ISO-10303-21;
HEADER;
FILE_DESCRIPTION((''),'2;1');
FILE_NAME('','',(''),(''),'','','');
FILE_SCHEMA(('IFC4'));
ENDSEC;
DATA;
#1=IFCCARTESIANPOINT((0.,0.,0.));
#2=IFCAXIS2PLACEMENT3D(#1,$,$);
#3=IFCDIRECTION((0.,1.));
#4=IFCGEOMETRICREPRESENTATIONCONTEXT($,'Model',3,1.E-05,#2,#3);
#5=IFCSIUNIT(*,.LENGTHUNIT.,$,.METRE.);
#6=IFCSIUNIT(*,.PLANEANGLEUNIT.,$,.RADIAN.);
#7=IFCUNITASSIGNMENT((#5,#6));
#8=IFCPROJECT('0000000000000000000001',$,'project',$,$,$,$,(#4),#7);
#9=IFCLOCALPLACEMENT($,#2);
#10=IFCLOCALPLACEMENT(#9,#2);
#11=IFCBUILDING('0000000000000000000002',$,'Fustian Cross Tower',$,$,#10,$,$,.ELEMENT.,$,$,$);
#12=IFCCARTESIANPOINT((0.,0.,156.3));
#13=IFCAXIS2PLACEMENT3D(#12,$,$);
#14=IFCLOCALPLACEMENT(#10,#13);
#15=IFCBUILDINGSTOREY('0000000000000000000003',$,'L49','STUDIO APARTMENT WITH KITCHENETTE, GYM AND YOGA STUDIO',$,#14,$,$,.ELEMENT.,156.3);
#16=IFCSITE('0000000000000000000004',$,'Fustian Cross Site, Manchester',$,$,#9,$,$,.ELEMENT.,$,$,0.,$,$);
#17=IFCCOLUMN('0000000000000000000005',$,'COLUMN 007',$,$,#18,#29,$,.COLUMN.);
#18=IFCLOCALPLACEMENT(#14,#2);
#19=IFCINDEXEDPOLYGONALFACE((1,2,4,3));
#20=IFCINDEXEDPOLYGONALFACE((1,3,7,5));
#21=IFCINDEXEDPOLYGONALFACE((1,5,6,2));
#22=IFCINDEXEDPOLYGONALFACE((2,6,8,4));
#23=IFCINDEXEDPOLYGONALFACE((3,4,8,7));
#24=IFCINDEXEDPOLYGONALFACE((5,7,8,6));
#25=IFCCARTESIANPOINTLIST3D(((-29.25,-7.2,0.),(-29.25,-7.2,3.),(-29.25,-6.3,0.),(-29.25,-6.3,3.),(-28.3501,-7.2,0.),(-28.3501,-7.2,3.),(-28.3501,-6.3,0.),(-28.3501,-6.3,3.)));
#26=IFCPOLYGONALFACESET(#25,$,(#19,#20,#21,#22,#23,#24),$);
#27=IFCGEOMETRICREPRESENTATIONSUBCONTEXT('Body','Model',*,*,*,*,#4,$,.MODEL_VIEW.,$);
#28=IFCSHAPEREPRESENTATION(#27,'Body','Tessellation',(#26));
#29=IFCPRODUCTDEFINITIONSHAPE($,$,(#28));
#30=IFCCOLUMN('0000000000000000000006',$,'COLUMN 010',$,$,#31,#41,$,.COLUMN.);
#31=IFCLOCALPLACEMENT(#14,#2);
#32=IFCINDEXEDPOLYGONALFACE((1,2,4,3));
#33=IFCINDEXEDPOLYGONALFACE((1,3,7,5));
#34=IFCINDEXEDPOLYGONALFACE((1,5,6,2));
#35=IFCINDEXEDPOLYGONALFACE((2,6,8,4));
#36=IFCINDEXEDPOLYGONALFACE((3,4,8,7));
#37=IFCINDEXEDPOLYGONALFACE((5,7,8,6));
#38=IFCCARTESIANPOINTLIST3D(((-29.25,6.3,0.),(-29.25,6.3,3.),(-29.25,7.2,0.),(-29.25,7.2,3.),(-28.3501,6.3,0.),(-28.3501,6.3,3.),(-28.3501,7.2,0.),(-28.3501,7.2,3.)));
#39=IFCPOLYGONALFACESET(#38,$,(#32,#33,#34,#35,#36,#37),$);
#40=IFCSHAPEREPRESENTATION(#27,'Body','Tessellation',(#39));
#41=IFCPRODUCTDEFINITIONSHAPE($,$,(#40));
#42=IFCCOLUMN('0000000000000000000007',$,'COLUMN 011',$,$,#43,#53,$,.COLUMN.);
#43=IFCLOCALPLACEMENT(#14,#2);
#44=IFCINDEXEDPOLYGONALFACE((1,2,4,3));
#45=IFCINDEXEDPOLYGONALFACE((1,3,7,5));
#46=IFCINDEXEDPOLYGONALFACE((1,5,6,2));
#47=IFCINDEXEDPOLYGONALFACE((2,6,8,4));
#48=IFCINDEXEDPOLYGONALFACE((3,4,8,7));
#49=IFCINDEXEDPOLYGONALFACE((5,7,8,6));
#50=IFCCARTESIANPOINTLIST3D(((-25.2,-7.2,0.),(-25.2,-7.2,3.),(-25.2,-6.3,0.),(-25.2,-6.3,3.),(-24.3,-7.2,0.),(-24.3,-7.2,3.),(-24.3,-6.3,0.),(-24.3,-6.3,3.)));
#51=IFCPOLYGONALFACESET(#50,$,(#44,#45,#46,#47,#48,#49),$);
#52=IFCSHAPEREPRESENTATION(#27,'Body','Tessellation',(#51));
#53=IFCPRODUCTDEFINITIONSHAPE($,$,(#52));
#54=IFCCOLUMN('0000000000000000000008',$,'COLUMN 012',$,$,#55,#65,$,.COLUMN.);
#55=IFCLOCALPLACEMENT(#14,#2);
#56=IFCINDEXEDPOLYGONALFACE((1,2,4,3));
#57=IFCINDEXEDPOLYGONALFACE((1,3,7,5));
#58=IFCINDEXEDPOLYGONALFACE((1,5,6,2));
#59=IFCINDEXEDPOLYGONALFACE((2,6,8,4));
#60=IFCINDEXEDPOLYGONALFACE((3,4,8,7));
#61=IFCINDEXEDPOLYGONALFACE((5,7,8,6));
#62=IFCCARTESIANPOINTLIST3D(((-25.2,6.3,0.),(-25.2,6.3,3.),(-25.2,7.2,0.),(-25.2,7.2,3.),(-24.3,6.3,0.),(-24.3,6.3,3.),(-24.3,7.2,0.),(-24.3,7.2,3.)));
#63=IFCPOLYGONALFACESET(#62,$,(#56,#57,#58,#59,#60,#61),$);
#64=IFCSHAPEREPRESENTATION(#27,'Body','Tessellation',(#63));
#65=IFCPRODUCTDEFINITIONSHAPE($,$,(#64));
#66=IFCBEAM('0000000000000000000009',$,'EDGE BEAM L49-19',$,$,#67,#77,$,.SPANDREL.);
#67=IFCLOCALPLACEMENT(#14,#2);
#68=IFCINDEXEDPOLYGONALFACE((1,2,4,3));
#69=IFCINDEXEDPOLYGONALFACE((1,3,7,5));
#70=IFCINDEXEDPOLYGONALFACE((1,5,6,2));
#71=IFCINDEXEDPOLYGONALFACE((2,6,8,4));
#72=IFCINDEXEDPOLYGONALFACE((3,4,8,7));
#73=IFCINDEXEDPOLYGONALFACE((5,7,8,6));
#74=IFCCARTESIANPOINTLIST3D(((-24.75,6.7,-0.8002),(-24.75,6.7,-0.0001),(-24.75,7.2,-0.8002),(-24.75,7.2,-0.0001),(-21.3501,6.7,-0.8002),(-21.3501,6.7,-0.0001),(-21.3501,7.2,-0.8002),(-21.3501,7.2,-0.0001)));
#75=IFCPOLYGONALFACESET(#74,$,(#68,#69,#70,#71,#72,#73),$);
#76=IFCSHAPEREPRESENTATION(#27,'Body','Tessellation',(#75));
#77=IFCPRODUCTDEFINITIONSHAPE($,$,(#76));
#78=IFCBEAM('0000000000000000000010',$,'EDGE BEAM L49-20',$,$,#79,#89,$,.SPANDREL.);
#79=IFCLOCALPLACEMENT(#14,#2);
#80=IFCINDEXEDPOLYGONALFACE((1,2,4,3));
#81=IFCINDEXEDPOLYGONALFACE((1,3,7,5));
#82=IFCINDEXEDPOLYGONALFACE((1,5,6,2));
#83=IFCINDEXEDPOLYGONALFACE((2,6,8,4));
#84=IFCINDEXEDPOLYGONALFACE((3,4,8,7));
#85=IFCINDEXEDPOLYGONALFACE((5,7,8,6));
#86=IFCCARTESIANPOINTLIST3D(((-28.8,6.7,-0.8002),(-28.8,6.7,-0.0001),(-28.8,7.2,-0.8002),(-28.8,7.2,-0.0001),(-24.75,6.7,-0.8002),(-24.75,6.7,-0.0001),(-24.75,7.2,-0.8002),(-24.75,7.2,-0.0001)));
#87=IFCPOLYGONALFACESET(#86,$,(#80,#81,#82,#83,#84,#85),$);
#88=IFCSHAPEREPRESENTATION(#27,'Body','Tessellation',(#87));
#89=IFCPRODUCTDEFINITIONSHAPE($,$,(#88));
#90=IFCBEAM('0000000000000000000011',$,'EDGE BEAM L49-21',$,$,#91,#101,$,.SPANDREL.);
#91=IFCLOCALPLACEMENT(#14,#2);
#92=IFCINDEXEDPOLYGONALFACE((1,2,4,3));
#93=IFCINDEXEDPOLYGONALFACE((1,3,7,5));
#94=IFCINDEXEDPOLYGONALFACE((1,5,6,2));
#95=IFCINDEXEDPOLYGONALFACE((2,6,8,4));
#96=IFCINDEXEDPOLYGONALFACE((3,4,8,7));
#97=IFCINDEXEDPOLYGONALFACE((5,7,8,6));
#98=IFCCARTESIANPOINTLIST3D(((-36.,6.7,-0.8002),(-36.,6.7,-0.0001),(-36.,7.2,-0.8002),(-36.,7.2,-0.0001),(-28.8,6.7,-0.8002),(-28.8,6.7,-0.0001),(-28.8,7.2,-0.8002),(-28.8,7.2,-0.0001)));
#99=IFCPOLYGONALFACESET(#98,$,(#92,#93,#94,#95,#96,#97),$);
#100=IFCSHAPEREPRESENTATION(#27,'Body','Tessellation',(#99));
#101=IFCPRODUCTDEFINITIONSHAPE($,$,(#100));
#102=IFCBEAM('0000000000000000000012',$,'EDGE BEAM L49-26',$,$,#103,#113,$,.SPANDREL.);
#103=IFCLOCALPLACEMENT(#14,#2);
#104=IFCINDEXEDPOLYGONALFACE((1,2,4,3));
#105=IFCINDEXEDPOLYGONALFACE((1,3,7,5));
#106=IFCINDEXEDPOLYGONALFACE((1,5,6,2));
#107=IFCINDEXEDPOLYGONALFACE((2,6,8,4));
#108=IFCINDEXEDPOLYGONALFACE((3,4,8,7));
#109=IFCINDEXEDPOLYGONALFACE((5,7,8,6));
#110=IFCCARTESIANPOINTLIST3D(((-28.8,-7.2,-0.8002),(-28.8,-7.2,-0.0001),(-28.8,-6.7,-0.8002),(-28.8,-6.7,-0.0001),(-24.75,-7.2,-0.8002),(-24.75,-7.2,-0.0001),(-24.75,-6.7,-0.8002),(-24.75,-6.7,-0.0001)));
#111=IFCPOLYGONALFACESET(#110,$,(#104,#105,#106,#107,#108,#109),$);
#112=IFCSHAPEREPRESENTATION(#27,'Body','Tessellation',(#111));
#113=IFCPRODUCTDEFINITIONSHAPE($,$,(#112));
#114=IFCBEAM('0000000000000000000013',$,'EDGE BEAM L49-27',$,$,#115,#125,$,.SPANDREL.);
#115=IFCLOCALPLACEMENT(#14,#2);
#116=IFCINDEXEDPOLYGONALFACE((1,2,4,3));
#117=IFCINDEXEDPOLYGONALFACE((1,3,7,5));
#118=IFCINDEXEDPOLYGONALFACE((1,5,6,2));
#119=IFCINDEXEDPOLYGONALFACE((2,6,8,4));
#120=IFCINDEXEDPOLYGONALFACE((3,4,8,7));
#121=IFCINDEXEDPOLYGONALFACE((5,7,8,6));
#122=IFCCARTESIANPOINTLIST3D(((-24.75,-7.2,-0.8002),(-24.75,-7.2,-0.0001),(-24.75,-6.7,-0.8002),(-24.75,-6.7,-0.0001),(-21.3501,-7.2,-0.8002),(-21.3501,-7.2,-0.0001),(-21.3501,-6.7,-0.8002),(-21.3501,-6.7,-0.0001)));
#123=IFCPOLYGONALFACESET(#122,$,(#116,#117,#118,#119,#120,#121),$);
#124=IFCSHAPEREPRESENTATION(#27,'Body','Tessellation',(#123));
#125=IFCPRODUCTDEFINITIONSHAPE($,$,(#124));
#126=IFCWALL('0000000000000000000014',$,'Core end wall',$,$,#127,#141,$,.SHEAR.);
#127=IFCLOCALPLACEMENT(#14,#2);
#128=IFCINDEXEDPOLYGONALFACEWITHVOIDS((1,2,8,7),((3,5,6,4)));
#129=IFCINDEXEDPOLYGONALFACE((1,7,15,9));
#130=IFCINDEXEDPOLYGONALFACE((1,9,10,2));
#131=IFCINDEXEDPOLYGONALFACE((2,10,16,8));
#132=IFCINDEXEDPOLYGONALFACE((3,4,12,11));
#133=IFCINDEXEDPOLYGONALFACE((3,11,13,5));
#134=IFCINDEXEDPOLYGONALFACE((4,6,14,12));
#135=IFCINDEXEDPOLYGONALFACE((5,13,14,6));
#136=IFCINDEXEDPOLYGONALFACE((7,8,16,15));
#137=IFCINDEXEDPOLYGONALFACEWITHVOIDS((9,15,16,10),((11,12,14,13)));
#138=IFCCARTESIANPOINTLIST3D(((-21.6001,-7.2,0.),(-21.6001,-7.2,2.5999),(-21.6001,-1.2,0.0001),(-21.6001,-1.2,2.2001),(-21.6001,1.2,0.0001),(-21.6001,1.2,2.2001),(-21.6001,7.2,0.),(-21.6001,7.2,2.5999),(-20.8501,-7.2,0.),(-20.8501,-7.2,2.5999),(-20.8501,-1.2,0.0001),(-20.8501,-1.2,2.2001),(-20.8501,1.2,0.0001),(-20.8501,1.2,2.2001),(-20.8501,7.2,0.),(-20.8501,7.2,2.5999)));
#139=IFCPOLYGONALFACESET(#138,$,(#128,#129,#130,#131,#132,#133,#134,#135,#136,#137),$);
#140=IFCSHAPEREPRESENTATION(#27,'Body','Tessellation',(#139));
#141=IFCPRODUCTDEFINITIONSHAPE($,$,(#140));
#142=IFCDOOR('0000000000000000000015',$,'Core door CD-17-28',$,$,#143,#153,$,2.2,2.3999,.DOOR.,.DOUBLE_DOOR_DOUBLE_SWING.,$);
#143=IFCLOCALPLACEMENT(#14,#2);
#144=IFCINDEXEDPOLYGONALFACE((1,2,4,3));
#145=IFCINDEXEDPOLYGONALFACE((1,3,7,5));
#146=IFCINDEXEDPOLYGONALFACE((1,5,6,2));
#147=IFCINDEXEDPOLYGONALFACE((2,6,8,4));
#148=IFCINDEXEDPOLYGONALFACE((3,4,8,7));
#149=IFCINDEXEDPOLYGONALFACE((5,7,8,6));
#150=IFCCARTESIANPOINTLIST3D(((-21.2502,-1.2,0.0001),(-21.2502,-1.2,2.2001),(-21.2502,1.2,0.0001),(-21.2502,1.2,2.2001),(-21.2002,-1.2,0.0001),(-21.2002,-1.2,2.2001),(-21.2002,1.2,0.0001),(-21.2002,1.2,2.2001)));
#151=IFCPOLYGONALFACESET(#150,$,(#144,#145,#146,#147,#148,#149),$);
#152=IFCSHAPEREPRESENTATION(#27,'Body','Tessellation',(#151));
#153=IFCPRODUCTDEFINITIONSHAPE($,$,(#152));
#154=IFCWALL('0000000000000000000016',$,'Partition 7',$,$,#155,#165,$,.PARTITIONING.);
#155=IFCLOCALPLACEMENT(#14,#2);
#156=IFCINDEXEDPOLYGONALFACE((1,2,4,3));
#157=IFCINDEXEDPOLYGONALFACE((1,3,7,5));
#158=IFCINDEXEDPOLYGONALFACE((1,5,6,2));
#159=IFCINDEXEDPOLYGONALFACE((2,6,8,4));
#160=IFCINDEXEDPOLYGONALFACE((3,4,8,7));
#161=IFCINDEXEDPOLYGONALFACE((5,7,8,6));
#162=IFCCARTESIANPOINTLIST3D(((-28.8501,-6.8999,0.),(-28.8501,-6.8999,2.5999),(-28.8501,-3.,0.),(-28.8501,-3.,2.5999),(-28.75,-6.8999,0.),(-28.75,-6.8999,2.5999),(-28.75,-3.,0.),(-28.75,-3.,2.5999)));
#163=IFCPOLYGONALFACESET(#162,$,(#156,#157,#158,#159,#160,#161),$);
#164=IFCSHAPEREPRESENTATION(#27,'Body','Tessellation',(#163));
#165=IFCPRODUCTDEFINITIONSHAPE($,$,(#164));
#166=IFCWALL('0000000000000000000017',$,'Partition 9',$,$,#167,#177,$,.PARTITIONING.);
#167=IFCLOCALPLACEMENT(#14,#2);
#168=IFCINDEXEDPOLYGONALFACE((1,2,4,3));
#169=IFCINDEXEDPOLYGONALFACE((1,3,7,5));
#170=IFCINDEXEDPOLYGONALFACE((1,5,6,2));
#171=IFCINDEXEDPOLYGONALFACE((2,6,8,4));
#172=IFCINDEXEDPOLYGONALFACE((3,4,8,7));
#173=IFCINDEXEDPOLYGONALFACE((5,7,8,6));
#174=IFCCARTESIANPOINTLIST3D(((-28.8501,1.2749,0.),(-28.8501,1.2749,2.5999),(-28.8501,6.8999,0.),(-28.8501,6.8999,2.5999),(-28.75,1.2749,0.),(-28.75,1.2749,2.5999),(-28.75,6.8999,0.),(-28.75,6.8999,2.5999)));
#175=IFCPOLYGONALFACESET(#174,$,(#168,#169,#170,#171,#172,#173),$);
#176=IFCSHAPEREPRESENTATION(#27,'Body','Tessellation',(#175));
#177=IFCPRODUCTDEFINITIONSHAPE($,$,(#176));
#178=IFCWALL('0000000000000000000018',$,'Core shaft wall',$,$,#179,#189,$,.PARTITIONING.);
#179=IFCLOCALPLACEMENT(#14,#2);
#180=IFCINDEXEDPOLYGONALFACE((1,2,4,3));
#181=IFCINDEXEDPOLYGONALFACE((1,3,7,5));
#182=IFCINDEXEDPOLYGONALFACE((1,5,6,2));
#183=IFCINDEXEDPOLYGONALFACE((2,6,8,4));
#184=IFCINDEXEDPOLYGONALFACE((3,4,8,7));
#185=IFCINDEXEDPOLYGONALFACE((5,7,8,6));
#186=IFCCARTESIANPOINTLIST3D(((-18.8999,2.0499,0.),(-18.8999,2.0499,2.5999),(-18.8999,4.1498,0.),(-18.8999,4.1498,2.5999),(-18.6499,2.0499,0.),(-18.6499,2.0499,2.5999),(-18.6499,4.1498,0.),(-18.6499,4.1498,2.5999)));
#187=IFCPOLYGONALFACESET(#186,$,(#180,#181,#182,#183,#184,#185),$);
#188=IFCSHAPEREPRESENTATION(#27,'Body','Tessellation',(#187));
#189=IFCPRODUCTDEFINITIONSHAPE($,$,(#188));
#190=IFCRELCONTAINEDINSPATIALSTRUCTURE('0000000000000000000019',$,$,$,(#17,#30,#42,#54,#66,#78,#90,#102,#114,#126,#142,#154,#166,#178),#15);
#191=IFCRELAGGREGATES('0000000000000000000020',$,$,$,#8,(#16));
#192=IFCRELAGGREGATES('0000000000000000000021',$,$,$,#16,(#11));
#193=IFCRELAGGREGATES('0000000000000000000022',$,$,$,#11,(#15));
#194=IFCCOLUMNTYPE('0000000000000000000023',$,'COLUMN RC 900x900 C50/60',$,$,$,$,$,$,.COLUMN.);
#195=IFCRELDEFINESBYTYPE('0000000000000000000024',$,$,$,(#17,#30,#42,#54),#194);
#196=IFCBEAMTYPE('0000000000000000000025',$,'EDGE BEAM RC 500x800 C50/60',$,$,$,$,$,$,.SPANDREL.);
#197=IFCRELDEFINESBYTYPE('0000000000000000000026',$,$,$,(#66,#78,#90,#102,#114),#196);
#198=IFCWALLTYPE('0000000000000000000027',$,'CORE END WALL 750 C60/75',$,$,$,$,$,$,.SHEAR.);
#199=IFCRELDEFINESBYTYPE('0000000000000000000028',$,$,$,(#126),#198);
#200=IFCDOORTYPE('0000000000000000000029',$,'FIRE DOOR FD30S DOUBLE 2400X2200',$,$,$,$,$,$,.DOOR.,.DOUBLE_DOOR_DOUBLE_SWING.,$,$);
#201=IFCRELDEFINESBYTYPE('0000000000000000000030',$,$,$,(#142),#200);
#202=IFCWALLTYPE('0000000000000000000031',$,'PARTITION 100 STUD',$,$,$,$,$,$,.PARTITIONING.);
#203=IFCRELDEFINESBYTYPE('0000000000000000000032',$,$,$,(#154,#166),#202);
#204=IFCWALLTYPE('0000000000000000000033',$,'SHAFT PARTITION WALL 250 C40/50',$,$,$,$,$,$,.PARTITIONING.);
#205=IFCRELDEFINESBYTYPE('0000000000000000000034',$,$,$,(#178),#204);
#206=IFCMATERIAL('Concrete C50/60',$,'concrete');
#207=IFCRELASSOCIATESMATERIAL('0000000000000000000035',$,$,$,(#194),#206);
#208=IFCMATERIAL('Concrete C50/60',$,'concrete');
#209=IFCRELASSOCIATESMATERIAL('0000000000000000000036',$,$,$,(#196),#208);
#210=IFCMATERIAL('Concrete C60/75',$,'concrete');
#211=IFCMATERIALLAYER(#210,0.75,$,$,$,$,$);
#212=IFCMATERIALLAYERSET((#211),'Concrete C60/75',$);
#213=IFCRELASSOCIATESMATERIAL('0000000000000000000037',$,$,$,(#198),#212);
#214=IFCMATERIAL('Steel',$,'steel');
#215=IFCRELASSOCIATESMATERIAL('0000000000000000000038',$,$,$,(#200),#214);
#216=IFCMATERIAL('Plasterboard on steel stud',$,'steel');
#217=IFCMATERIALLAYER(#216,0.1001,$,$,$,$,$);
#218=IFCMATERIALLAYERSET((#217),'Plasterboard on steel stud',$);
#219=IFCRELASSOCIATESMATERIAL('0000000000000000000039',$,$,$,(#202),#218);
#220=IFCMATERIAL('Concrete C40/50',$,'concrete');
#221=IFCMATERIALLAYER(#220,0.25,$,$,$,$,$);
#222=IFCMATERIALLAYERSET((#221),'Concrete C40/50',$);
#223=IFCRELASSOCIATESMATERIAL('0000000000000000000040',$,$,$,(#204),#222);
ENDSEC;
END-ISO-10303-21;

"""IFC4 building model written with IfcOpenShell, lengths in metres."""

from ifc_helpers import new_model, si_unit, direction, frame, frame_2d, origin, origin_2d, place, context, subcontext, project, spatial, rectangle, extrude, material, layer, layer_set, material_profile, profile_set, type_object, element, fill, save


model = new_model("IFC4")

# Units and contexts
model_context = context("Model", 3, precision=1e-05, world=origin(), true_north=direction((0.0, 1.0)))
body_context = subcontext(model_context, "Body", "Model", "MODEL_VIEW")
ifc_project = project(units=[si_unit("LENGTHUNIT", "METRE"), si_unit("PLANEANGLEUNIT", "RADIAN")], contexts=[model_context])

# Site, building, storey
site_placement = place(None, origin())
site = spatial("IfcSite", under=ifc_project, at=site_placement, Name="Fustian Cross Site, Manchester", CompositionType="ELEMENT", RefElevation=0.0)
building_placement = place(site_placement, origin())
building = spatial("IfcBuilding", under=site, at=building_placement, Name="Fustian Cross Tower", CompositionType="ELEMENT")
storey_placement = place(building_placement, frame((0.0, 0.0, 156.3)))
storey = spatial("IfcBuildingStorey", under=building, at=storey_placement, Name="L49", Description="STUDIO APARTMENT WITH KITCHENETTE, GYM AND YOGA STUDIO", CompositionType="ELEMENT", Elevation=156.3)

# Columns
ifc_material_1 = material(Name="Concrete C50/60", Category="concrete")
ifc_material_profile_1 = material_profile(ifc_material_1, rectangle(XDim=0.8999, YDim=0.8999, at=origin_2d()), Name="RC 900x900")
ifc_profile_set_1 = profile_set([ifc_material_profile_1], Name="Concrete C50/60")
column_type = type_object("IfcColumnType", Name="COLUMN RC 900x900 C50/60", PredefinedType="COLUMN", material=ifc_profile_set_1)
for number, where, z_axis, x_axis, name in (
    (1, (-28.8, -6.75, 0.0), (0.0, 0.0, 1.0), (1.0, 0.0, 0.0), "COLUMN 007"),
    (2, (-28.8, 6.75, 0.0), (0.0, 0.0, 1.0), (1.0, 0.0, 0.0), "COLUMN 010"),
    (3, (-24.75, -6.75, 0.0), (0.0, 0.0, 1.0), (1.0, 0.0, 0.0), "COLUMN 011"),
    (4, (-24.75, 6.75, 0.0), (0.0, 0.0, 1.0), (1.0, 0.0, 0.0), "COLUMN 012"),
):
    element("IfcColumn", number, at=place(storey_placement, frame(where, z_axis=z_axis, x_axis=x_axis)), inside=storey, type_object=column_type, Name=name, PredefinedType="COLUMN", context=body_context, shape_type="SweptSolid", body=[
        extrude(rectangle(XDim=0.8999, YDim=0.8999, at=origin_2d()), origin(), (0.0, 0.0, 1.0), 3.0),
    ])

# Beams
ifc_material_2 = material(Name="Concrete C50/60", Category="concrete")
ifc_material_profile_2 = material_profile(ifc_material_2, rectangle(XDim=0.5, YDim=0.8, at=origin_2d()), Name="RC 500x800")
ifc_profile_set_2 = profile_set([ifc_material_profile_2], Name="Concrete C50/60")
beam_type = type_object("IfcBeamType", Name="EDGE BEAM RC 500x800 C50/60", PredefinedType="SPANDREL", material=ifc_profile_set_2)
beam_1_placement = place(storey_placement, frame((-21.3501, 6.95, -0.4001), z_axis=(-1.0, 0.0, 0.0), x_axis=(0.0, -1.0, 0.0)))
element("IfcBeam", 5, at=beam_1_placement, inside=storey, type_object=beam_type, Name="EDGE BEAM L49-19", PredefinedType="SPANDREL", context=body_context, shape_type="SweptSolid", body=[
    extrude(rectangle(XDim=0.5, YDim=0.8, at=origin_2d()), origin(), (0.0, 0.0, 1.0), 3.3999),
])
beam_2_placement = place(storey_placement, frame((-24.75, 6.95, -0.4001), z_axis=(-1.0, 0.0, 0.0), x_axis=(0.0, -1.0, 0.0)))
element("IfcBeam", 6, at=beam_2_placement, inside=storey, type_object=beam_type, Name="EDGE BEAM L49-20", PredefinedType="SPANDREL", context=body_context, shape_type="SweptSolid", body=[
    extrude(rectangle(XDim=0.5, YDim=0.8, at=origin_2d()), origin(), (0.0, 0.0, 1.0), 4.05),
])
beam_3_placement = place(storey_placement, frame((-28.8, 6.95, -0.4001), z_axis=(-1.0, 0.0, 0.0), x_axis=(0.0, -1.0, 0.0)))
element("IfcBeam", 7, at=beam_3_placement, inside=storey, type_object=beam_type, Name="EDGE BEAM L49-21", PredefinedType="SPANDREL", context=body_context, shape_type="SweptSolid", body=[
    extrude(rectangle(XDim=0.5, YDim=0.8, at=origin_2d()), origin(), (0.0, 0.0, 1.0), 7.2),
])
beam_4_placement = place(storey_placement, frame((-28.8, -6.95, -0.4001), z_axis=(1.0, 0.0, 0.0), x_axis=(0.0, 1.0, 0.0)))
element("IfcBeam", 8, at=beam_4_placement, inside=storey, type_object=beam_type, Name="EDGE BEAM L49-26", PredefinedType="SPANDREL", context=body_context, shape_type="SweptSolid", body=[
    extrude(rectangle(XDim=0.5, YDim=0.8, at=origin_2d()), origin(), (0.0, 0.0, 1.0), 4.05),
])
beam_5_placement = place(storey_placement, frame((-24.75, -6.95, -0.4001), z_axis=(1.0, 0.0, 0.0), x_axis=(0.0, 1.0, 0.0)))
element("IfcBeam", 9, at=beam_5_placement, inside=storey, type_object=beam_type, Name="EDGE BEAM L49-27", PredefinedType="SPANDREL", context=body_context, shape_type="SweptSolid", body=[
    extrude(rectangle(XDim=0.5, YDim=0.8, at=origin_2d()), origin(), (0.0, 0.0, 1.0), 3.3999),
])

# Wall, opening, door
ifc_material_3 = material(Name="Concrete C60/75", Category="concrete")
ifc_layer_1 = layer(ifc_material_3, 0.75)
ifc_layer_set_1 = layer_set([ifc_layer_1], Name="Concrete C60/75")
wall_type_1 = type_object("IfcWallType", Name="CORE END WALL 750 C60/75", PredefinedType="SHEAR", material=ifc_layer_set_1)
wall_1_placement = place(storey_placement, frame((-21.2251, -7.2, 0.0), z_axis=(0.0, 0.0, 1.0), x_axis=(0.0, 1.0, 0.0)))
wall_1 = element("IfcWall", 10, at=wall_1_placement, inside=storey, type_object=wall_type_1, Name="Core end wall", PredefinedType="SHEAR", context=body_context, shape_type="SweptSolid", body=[
    extrude(rectangle(XDim=14.3999, YDim=0.75, at=frame_2d((7.2, 0.0))), origin(), (0.0, 0.0, 1.0), 2.5999),
])
opening_1_placement = place(wall_1_placement, frame((6.0, 0.0, 0.0)))
opening_1 = element("IfcOpeningElement", 11, at=opening_1_placement, cuts=wall_1, PredefinedType="OPENING", context=body_context, shape_type="SweptSolid", body=[
    extrude(rectangle(XDim=2.3999, YDim=2.2, at=frame_2d((1.2, 1.1001))), frame((0.0, 0.385, 0.0), z_axis=(0.0, -1.0, 0.0), x_axis=(1.0, 0.0, 0.0)), (0.0, 0.0, 1.0), 0.77),
])
ifc_material_4 = material(Name="Steel", Category="steel")
door_type = type_object("IfcDoorType", Name="FIRE DOOR FD30S DOUBLE 2400X2200", OperationType="DOUBLE_DOOR_DOUBLE_SWING", PredefinedType="DOOR", material=ifc_material_4)
door_placement = place(opening_1_placement, frame((2.3999, 0.0, 0.0), z_axis=(0.0, 0.0, 1.0), x_axis=(-1.0, 0.0, 0.0)))
door = element("IfcDoor", 12, at=door_placement, inside=storey, type_object=door_type, Name="Core door CD-17-28", OperationType="DOUBLE_DOOR_DOUBLE_SWING", OverallHeight=2.2, OverallWidth=2.3999, PredefinedType="DOOR", context=body_context, shape_type="SweptSolid", body=[
    extrude(rectangle(XDim=2.3999, YDim=2.2, at=frame_2d((1.2, 1.1001))), frame((0.0, 0.0249, 0.0), z_axis=(0.0, -1.0, 0.0), x_axis=(1.0, 0.0, 0.0)), (0.0, 0.0, 1.0), 0.05),
])
fill(opening_1, door)

# Walls
ifc_material_5 = material(Name="Plasterboard on steel stud", Category="steel")
ifc_layer_2 = layer(ifc_material_5, 0.1001)
ifc_layer_set_2 = layer_set([ifc_layer_2], Name="Plasterboard on steel stud")
wall_type_2 = type_object("IfcWallType", Name="PARTITION 100 STUD", PredefinedType="PARTITIONING", material=ifc_layer_set_2)
wall_2_placement = place(storey_placement, frame((-28.8, -6.8999, 0.0), z_axis=(0.0, 0.0, 1.0), x_axis=(0.0, 1.0, 0.0)))
element("IfcWall", 13, at=wall_2_placement, inside=storey, type_object=wall_type_2, Name="Partition 7", PredefinedType="PARTITIONING", context=body_context, shape_type="SweptSolid", body=[
    extrude(rectangle(XDim=3.8999, YDim=0.1001, at=frame_2d((1.95, 0.0))), origin(), (0.0, 0.0, 1.0), 2.5999),
])
wall_3_placement = place(storey_placement, frame((-28.8, 1.2749, 0.0), z_axis=(0.0, 0.0, 1.0), x_axis=(0.0, 1.0, 0.0)))
element("IfcWall", 14, at=wall_3_placement, inside=storey, type_object=wall_type_2, Name="Partition 9", PredefinedType="PARTITIONING", context=body_context, shape_type="SweptSolid", body=[
    extrude(rectangle(XDim=5.625, YDim=0.1001, at=frame_2d((2.8125, 0.0))), origin(), (0.0, 0.0, 1.0), 2.5999),
])
ifc_material_6 = material(Name="Concrete C40/50", Category="concrete")
ifc_layer_3 = layer(ifc_material_6, 0.25)
ifc_layer_set_3 = layer_set([ifc_layer_3], Name="Concrete C40/50")
wall_type_3 = type_object("IfcWallType", Name="SHAFT PARTITION WALL 250 C40/50", PredefinedType="PARTITIONING", material=ifc_layer_set_3)
wall_4_placement = place(storey_placement, frame((-18.7749, 2.05, 0.0), z_axis=(0.0, 0.0, 1.0), x_axis=(0.0, 1.0, 0.0)))
element("IfcWall", 15, at=wall_4_placement, inside=storey, type_object=wall_type_3, Name="Core shaft wall", PredefinedType="PARTITIONING", context=body_context, shape_type="SweptSolid", body=[
    extrude(rectangle(XDim=2.0999, YDim=0.25, at=frame_2d((1.0498, 0.0))), origin(), (0.0, 0.0, 1.0), 2.5999),
])

save(model, "model.ifc")
